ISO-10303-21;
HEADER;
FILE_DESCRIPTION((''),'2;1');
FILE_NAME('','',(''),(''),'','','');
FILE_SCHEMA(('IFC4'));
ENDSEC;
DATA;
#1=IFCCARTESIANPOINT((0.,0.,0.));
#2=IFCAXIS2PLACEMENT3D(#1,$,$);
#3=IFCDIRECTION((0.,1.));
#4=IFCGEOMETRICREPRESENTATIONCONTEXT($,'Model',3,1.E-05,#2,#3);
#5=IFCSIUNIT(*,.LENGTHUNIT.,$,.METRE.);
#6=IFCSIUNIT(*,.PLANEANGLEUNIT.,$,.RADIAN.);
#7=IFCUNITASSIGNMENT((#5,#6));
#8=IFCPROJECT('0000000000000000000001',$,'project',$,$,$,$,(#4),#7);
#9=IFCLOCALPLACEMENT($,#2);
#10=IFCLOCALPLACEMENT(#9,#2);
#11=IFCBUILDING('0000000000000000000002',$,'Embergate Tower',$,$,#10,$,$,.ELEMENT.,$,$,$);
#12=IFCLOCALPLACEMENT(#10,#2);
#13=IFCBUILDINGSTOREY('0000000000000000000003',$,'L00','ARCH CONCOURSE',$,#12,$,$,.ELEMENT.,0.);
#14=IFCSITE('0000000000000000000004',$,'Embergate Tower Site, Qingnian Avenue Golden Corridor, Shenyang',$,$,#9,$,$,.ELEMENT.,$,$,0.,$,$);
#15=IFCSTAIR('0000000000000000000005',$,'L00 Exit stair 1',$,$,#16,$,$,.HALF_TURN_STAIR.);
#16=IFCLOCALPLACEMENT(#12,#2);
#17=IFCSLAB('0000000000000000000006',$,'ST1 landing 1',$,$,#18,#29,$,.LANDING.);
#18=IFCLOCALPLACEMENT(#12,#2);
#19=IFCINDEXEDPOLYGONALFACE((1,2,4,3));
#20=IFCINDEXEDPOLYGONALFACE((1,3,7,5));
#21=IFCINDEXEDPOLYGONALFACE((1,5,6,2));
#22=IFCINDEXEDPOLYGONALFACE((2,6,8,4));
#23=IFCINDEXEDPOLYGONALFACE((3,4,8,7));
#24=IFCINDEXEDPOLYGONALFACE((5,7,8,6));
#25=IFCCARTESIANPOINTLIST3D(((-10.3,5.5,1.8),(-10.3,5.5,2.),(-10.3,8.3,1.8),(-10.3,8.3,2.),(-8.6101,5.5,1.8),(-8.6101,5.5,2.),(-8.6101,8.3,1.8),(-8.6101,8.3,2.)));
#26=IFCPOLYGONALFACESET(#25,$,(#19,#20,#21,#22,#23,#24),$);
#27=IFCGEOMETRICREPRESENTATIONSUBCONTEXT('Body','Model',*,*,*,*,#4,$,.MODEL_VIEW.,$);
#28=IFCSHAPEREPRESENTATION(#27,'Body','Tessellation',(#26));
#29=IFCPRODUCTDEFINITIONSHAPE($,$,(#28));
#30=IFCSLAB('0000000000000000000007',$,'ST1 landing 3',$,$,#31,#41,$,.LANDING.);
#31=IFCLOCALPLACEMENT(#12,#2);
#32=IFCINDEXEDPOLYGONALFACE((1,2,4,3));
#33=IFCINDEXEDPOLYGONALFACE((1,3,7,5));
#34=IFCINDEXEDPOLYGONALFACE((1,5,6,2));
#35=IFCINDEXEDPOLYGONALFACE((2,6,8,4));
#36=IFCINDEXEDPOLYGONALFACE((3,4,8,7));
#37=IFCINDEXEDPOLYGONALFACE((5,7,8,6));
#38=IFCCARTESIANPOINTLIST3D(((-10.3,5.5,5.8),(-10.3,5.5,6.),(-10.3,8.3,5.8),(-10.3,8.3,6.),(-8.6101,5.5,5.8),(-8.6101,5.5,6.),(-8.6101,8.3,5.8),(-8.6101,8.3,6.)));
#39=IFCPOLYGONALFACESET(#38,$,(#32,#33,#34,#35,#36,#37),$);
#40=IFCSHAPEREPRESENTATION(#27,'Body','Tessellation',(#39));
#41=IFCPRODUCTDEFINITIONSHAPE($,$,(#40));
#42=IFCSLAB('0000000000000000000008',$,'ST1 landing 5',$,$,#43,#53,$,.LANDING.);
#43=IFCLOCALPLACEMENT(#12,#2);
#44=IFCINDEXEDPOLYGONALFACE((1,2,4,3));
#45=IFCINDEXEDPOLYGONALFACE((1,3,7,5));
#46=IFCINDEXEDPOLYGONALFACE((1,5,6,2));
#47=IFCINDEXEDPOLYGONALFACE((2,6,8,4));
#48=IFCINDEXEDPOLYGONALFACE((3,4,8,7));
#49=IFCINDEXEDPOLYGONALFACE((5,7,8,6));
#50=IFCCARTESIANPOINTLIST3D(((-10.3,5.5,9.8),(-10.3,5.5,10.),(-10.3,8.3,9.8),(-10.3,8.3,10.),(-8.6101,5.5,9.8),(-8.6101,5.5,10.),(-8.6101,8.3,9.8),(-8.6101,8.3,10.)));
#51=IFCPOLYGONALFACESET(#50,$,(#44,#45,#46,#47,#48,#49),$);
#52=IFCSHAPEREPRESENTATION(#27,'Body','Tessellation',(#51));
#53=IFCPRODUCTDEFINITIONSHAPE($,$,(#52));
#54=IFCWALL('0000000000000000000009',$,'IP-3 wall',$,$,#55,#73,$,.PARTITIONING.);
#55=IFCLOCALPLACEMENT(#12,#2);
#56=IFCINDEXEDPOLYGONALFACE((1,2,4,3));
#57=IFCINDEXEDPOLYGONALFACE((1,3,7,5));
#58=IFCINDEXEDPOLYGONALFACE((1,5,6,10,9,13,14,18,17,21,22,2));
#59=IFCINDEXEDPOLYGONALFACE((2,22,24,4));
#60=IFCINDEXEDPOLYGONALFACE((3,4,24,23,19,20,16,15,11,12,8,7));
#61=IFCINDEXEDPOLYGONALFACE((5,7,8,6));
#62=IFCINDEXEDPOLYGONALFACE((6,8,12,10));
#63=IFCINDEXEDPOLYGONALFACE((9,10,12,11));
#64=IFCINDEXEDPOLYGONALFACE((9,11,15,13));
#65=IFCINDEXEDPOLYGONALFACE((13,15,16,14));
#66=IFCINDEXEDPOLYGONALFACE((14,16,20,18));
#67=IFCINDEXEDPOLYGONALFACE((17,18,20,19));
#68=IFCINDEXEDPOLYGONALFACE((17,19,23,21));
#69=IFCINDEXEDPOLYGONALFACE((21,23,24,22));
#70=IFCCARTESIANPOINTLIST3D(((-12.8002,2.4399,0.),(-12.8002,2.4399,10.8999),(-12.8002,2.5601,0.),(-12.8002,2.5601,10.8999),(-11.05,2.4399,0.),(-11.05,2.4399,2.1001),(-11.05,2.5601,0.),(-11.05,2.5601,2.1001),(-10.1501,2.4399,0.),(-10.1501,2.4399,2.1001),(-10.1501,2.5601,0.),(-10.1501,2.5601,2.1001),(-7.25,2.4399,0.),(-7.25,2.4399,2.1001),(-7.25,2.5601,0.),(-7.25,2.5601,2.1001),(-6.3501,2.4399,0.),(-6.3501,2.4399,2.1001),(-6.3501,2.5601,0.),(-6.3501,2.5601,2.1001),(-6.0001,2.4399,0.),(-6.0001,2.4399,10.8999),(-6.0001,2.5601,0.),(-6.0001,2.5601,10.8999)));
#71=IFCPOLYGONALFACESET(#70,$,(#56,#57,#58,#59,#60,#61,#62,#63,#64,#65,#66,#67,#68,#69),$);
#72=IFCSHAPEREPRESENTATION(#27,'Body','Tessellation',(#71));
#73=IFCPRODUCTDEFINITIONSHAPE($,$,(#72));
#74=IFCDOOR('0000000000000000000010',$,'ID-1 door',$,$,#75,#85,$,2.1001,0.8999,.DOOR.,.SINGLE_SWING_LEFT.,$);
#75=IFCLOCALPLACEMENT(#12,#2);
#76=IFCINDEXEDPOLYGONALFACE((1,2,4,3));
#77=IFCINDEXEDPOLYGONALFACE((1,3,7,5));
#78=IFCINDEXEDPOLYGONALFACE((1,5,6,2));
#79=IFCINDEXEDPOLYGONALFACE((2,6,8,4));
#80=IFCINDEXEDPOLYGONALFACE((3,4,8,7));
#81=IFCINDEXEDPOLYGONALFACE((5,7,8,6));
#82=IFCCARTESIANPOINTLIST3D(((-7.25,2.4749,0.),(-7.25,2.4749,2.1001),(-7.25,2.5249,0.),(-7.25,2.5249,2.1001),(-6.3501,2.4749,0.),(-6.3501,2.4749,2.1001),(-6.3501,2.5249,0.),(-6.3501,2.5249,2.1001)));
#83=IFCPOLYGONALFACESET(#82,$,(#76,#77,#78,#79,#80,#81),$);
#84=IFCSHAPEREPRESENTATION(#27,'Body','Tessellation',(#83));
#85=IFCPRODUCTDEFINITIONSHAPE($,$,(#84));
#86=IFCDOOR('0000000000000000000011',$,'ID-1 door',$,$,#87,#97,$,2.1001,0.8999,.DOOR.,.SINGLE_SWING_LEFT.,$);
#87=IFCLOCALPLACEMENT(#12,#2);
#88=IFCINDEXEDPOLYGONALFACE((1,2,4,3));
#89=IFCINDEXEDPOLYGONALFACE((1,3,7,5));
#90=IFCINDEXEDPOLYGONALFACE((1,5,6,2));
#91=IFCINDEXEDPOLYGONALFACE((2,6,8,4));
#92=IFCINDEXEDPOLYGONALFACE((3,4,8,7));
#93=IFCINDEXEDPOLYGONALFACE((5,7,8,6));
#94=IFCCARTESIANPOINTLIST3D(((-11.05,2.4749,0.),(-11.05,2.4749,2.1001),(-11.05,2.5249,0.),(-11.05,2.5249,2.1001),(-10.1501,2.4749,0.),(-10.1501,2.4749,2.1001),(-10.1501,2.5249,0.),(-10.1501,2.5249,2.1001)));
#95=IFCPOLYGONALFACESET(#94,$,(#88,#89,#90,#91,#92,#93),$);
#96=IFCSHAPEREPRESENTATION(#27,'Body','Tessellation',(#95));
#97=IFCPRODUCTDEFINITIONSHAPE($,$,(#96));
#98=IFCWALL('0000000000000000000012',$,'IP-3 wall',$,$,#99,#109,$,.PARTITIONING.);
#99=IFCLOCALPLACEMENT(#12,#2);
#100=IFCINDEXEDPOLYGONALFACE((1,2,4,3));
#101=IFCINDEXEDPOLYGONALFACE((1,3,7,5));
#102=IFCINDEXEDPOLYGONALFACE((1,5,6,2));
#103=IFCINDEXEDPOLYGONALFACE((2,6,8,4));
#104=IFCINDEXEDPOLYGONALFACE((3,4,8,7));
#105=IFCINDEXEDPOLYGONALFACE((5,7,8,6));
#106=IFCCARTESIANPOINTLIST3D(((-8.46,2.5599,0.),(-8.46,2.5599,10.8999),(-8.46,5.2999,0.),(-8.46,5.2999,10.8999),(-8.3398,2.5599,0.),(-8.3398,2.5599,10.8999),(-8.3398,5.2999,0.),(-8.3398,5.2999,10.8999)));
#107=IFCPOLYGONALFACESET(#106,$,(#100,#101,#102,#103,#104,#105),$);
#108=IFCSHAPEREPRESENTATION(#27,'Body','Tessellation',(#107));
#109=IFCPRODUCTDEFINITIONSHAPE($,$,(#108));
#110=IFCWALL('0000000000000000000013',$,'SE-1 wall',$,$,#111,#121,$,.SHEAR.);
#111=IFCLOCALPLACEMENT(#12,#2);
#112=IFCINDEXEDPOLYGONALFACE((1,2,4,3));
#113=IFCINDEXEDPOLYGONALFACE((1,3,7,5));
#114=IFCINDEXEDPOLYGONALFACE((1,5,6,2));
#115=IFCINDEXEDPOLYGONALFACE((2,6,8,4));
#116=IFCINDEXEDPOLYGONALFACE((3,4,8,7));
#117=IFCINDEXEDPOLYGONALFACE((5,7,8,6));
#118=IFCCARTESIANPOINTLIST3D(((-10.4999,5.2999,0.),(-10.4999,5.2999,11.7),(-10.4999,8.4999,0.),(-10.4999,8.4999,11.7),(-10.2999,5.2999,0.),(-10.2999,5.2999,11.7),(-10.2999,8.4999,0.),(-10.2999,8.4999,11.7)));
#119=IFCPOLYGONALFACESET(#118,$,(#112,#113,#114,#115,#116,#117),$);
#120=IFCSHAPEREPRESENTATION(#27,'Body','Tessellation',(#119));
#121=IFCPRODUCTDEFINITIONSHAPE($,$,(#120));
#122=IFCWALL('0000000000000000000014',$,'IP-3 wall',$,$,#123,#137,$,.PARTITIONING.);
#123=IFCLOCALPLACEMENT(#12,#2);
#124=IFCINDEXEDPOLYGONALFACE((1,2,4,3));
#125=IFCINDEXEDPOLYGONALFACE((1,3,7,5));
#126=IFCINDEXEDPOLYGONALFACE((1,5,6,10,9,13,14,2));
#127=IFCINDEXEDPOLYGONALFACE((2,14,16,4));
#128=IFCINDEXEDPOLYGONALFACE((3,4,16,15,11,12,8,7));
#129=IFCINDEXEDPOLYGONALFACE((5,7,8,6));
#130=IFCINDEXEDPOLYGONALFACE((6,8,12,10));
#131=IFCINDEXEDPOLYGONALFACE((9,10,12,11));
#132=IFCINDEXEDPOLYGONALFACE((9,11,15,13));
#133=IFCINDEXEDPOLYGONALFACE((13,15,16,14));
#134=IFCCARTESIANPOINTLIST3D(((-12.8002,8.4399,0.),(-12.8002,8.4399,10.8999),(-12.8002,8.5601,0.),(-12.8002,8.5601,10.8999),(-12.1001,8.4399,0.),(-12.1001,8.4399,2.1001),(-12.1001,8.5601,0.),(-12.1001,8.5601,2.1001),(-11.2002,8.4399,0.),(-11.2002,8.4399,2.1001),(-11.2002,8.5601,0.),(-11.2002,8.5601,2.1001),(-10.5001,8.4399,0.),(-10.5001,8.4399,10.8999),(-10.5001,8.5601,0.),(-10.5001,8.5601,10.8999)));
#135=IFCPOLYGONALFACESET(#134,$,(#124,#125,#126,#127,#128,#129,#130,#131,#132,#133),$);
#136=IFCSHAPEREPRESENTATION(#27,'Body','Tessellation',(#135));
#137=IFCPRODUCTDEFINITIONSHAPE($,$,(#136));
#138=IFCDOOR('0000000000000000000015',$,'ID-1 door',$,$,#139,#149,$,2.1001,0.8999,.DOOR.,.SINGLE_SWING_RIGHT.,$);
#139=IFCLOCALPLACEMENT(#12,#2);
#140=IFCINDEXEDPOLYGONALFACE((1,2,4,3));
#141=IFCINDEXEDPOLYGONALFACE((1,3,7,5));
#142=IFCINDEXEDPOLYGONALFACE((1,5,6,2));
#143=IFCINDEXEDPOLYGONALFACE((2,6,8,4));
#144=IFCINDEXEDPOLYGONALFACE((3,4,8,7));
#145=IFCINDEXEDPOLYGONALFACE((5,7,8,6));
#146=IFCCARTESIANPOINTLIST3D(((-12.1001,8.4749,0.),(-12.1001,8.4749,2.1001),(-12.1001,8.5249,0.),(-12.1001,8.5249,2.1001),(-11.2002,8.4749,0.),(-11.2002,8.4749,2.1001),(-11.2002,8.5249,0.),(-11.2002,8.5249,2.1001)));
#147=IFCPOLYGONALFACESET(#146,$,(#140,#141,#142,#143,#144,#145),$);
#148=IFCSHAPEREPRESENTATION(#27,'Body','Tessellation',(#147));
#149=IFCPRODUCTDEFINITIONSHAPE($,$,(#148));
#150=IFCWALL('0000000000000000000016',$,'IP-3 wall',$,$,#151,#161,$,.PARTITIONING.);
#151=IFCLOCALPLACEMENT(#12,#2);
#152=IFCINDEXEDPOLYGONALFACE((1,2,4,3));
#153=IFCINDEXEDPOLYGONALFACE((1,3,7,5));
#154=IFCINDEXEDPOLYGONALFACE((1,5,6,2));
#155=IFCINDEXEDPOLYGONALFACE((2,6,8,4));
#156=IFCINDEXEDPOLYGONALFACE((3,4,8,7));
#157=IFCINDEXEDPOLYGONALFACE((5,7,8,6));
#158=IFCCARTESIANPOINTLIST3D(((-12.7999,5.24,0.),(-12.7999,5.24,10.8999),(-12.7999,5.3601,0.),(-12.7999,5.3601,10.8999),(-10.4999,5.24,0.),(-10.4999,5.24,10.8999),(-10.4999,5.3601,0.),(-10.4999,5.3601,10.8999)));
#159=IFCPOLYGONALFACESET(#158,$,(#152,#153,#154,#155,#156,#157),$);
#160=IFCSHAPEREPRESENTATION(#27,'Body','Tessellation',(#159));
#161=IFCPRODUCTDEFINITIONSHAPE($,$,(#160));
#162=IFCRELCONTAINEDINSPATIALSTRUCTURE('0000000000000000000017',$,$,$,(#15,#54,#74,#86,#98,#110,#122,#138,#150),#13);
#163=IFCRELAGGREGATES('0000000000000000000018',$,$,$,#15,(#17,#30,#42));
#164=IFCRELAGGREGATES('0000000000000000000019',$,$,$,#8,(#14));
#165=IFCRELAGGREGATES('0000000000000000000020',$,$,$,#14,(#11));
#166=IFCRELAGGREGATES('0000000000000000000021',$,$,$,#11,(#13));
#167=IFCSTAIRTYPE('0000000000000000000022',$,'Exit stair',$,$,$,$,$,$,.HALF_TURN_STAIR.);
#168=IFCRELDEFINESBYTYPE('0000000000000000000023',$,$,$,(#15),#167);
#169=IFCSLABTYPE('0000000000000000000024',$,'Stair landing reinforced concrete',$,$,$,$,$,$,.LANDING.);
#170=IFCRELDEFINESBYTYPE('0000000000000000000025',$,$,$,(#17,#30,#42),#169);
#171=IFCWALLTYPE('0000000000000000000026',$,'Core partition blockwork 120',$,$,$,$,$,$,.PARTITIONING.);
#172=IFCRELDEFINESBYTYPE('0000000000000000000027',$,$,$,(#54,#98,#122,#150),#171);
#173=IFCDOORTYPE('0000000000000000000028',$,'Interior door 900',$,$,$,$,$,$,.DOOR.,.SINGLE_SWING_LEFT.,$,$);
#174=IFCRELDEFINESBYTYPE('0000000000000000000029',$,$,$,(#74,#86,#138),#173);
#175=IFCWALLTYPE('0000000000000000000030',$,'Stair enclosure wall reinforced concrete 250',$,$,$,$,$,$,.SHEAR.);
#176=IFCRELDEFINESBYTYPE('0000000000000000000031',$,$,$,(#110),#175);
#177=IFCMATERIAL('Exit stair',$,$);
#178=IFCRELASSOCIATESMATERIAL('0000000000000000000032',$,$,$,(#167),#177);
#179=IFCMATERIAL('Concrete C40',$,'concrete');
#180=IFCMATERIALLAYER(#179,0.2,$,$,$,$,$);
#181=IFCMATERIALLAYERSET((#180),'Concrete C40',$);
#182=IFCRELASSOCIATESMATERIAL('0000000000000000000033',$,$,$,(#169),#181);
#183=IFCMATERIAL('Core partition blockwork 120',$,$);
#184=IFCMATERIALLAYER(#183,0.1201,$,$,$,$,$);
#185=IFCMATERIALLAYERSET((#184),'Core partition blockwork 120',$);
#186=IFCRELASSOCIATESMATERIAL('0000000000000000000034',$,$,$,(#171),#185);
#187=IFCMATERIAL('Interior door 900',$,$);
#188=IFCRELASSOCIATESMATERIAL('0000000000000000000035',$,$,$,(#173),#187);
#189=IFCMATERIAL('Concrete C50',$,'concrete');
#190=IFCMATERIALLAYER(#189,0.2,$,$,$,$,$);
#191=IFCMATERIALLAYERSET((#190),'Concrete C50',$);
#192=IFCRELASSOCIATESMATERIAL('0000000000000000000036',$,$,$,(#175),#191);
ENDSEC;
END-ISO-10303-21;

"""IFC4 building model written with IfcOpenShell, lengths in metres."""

from ifc_helpers import new_model, si_unit, direction, frame, frame_2d, origin, place, context, subcontext, project, spatial, polyline, rectangle, outline, extrude, source, transform, mapped, material, layer, layer_set, type_object, element, fill, aggregate, save


model = new_model("IFC4")

# Units and contexts
model_context = context("Model", 3, precision=1e-05, world=origin(), true_north=direction((0.0, 1.0)))
body_context = subcontext(model_context, "Body", "Model", "MODEL_VIEW")
ifc_project = project(units=[si_unit("LENGTHUNIT", "METRE"), si_unit("PLANEANGLEUNIT", "RADIAN")], contexts=[model_context])

# Site, building, storey
site_placement = place(None, origin())
site = spatial("IfcSite", under=ifc_project, at=site_placement, Name="Embergate Tower Site, Qingnian Avenue Golden Corridor, Shenyang", CompositionType="ELEMENT", RefElevation=0.0)
building_placement = place(site_placement, origin())
building = spatial("IfcBuilding", under=site, at=building_placement, Name="Embergate Tower", CompositionType="ELEMENT")
storey_placement = place(building_placement, origin())
storey = spatial("IfcBuildingStorey", under=building, at=storey_placement, Name="L00", Description="ARCH CONCOURSE", CompositionType="ELEMENT", Elevation=0.0)

# Stair, slabs
ifc_material_1 = material(Name="Exit stair")
stair_type_1 = type_object("IfcStairType", Name="Exit stair", PredefinedType="HALF_TURN_STAIR", material=ifc_material_1)
stair_1_placement = place(storey_placement, origin())
stair_1 = element("IfcStair", 1, at=stair_1_placement, inside=storey, type_object=stair_type_1, Name="L00 Exit stair 1", PredefinedType="HALF_TURN_STAIR")
ifc_material_2 = material(Name="Concrete C40", Category="concrete")
ifc_layer_1 = layer(ifc_material_2, 0.2)
ifc_layer_set_1 = layer_set([ifc_layer_1], Name="Concrete C40")
slab_type = type_object("IfcSlabType", Name="Stair landing reinforced concrete", PredefinedType="LANDING", material=ifc_layer_set_1)
shared_shape_1 = source(origin(), body_context, "Body", "SweptSolid", [
    extrude(outline(polyline([(0.0, 0.0), (1.6899, 0.0), (1.6899, 2.8), (0.0, 2.8), (0.0, 0.0)])), origin(), (0.0, 0.0, 1.0), 0.2),
])
slab_1_placement = place(storey_placement, frame((-10.3, 5.5, 1.8)))
slab_1 = element("IfcSlab", 2, at=slab_1_placement, type_object=slab_type, Name="ST1 landing 1", PredefinedType="LANDING", context=body_context, shape_type="MappedRepresentation", body=[
    mapped(shared_shape_1, transform((0.0, 0.0, 0.0))),
])
slab_2_placement = place(storey_placement, frame((-10.3, 5.5, 5.8)))
slab_2 = element("IfcSlab", 3, at=slab_2_placement, type_object=slab_type, Name="ST1 landing 3", PredefinedType="LANDING", context=body_context, shape_type="MappedRepresentation", body=[
    mapped(shared_shape_1, transform((0.0, 0.0, 0.0))),
])
slab_3_placement = place(storey_placement, frame((-10.3, 5.5, 9.8)))
slab_3 = element("IfcSlab", 4, at=slab_3_placement, type_object=slab_type, Name="ST1 landing 5", PredefinedType="LANDING", context=body_context, shape_type="MappedRepresentation", body=[
    mapped(shared_shape_1, transform((0.0, 0.0, 0.0))),
])

# Wall, openings, doors
ifc_material_3 = material(Name="Core partition blockwork 120")
ifc_layer_2 = layer(ifc_material_3, 0.1201)
ifc_layer_set_2 = layer_set([ifc_layer_2], Name="Core partition blockwork 120")
wall_type_1 = type_object("IfcWallType", Name="Core partition blockwork 120", PredefinedType="PARTITIONING", material=ifc_layer_set_2)
shared_shape_2 = source(origin(), body_context, "Body", "SweptSolid", [
    extrude(rectangle(XDim=6.8, YDim=0.1201, at=frame_2d((3.3999, 0.0))), origin(), (0.0, 0.0, 1.0), 10.8999),
])
wall_1_placement = place(storey_placement, frame((-12.8, 2.5, 0.0), z_axis=(0.0, 0.0, 1.0), x_axis=(1.0, 0.0, 0.0)))
wall_1 = element("IfcWall", 5, at=wall_1_placement, inside=storey, type_object=wall_type_1, Name="IP-3 wall", PredefinedType="PARTITIONING", context=body_context, shape_type="MappedRepresentation", body=[
    mapped(shared_shape_2, transform((0.0, 0.0, 0.0))),
])
shared_shape_3 = source(origin(), body_context, "Body", "SweptSolid", [
    extrude(rectangle(XDim=0.8999, YDim=2.1001, at=frame_2d((0.45, 1.05))), frame((0.0, 0.0701, 0.0), z_axis=(0.0, -1.0, 0.0), x_axis=(1.0, 0.0, 0.0)), (0.0, 0.0, 1.0), 0.1401),
])
opening_1_placement = place(wall_1_placement, frame((5.55, 0.0, 0.0)))
opening_1 = element("IfcOpeningElement", 6, at=opening_1_placement, cuts=wall_1, PredefinedType="OPENING", context=body_context, shape_type="MappedRepresentation", body=[
    mapped(shared_shape_3, transform((0.0, 0.0, 0.0))),
])
opening_2_placement = place(wall_1_placement, frame((1.75, 0.0, 0.0)))
opening_2 = element("IfcOpeningElement", 7, at=opening_2_placement, cuts=wall_1, PredefinedType="OPENING", context=body_context, shape_type="MappedRepresentation", body=[
    mapped(shared_shape_3, transform((0.0, 0.0, 0.0))),
])
ifc_material_4 = material(Name="Interior door 900")
door_type_1 = type_object("IfcDoorType", Name="Interior door 900", OperationType="SINGLE_SWING_LEFT", PredefinedType="DOOR", material=ifc_material_4)
shared_shape_4 = source(origin(), body_context, "Body", "SweptSolid", [
    extrude(rectangle(XDim=0.8999, YDim=2.1001, at=frame_2d((0.45, 1.05))), frame((0.0, 0.0249, 0.0), z_axis=(0.0, -1.0, 0.0), x_axis=(1.0, 0.0, 0.0)), (0.0, 0.0, 1.0), 0.05),
])
door_1_placement = place(opening_1_placement, origin())
door_1 = element("IfcDoor", 8, at=door_1_placement, inside=storey, type_object=door_type_1, Name="ID-1 door", OperationType="SINGLE_SWING_LEFT", OverallHeight=2.1001, OverallWidth=0.8999, PredefinedType="DOOR", context=body_context, shape_type="MappedRepresentation", body=[
    mapped(shared_shape_4, transform((0.0, 0.0, 0.0))),
])
fill(opening_1, door_1)
door_2_placement = place(opening_2_placement, origin())
door_2 = element("IfcDoor", 9, at=door_2_placement, inside=storey, type_object=door_type_1, Name="ID-1 door", OperationType="SINGLE_SWING_LEFT", OverallHeight=2.1001, OverallWidth=0.8999, PredefinedType="DOOR", context=body_context, shape_type="MappedRepresentation", body=[
    mapped(shared_shape_4, transform((0.0, 0.0, 0.0))),
])
fill(opening_2, door_2)

# Walls
shared_shape_5 = source(origin(), body_context, "Body", "SweptSolid", [
    extrude(rectangle(XDim=2.74, YDim=0.1201, at=frame_2d((1.3701, 0.0))), origin(), (0.0, 0.0, 1.0), 10.8999),
])
wall_2_placement = place(storey_placement, frame((-8.3999, 5.3, 0.0), z_axis=(0.0, 0.0, 1.0), x_axis=(0.0, -1.0, 0.0)))
element("IfcWall", 10, at=wall_2_placement, inside=storey, type_object=wall_type_1, Name="IP-3 wall", PredefinedType="PARTITIONING", context=body_context, shape_type="MappedRepresentation", body=[
    mapped(shared_shape_5, transform((0.0, 0.0, 0.0))),
])
ifc_material_5 = material(Name="Concrete C50", Category="concrete")
ifc_layer_3 = layer(ifc_material_5, 0.2)
ifc_layer_set_3 = layer_set([ifc_layer_3], Name="Concrete C50")
wall_type_2 = type_object("IfcWallType", Name="Stair enclosure wall reinforced concrete 250", PredefinedType="SHEAR", material=ifc_layer_set_3)
shared_shape_6 = source(origin(), body_context, "Body", "SweptSolid", [
    extrude(rectangle(XDim=3.2, YDim=0.2, at=frame_2d((1.6001, 0.0))), origin(), (0.0, 0.0, 1.0), 11.7),
])
wall_3_placement = place(storey_placement, frame((-10.3999, 8.5, 0.0), z_axis=(0.0, 0.0, 1.0), x_axis=(0.0, -1.0, 0.0)))
element("IfcWall", 11, at=wall_3_placement, inside=storey, type_object=wall_type_2, Name="SE-1 wall", PredefinedType="SHEAR", context=body_context, shape_type="MappedRepresentation", body=[
    mapped(shared_shape_6, transform((0.0, 0.0, 0.0))),
])

# Wall, opening, door
shared_shape_7 = source(origin(), body_context, "Body", "SweptSolid", [
    extrude(rectangle(XDim=2.3, YDim=0.1201, at=frame_2d((1.1499, 0.0))), origin(), (0.0, 0.0, 1.0), 10.8999),
])
wall_4_placement = place(storey_placement, frame((-12.8, 8.5, 0.0), z_axis=(0.0, 0.0, 1.0), x_axis=(1.0, 0.0, 0.0)))
wall_4 = element("IfcWall", 12, at=wall_4_placement, inside=storey, type_object=wall_type_1, Name="IP-3 wall", PredefinedType="PARTITIONING", context=body_context, shape_type="MappedRepresentation", body=[
    mapped(shared_shape_7, transform((0.0, 0.0, 0.0))),
])
opening_3_placement = place(wall_4_placement, frame((0.7, 0.0, 0.0)))
opening_3 = element("IfcOpeningElement", 13, at=opening_3_placement, cuts=wall_4, PredefinedType="OPENING", context=body_context, shape_type="MappedRepresentation", body=[
    mapped(shared_shape_3, transform((0.0, 0.0, 0.0))),
])
door_3_placement = place(opening_3_placement, origin())
door_3 = element("IfcDoor", 14, at=door_3_placement, inside=storey, type_object=door_type_1, Name="ID-1 door", OperationType="SINGLE_SWING_RIGHT", OverallHeight=2.1001, OverallWidth=0.8999, PredefinedType="DOOR", context=body_context, shape_type="MappedRepresentation", body=[
    mapped(shared_shape_4, transform((0.0, 0.0, 0.0))),
])
fill(opening_3, door_3)

# Wall
wall_5_placement = place(storey_placement, frame((-10.5, 5.3, 0.0), z_axis=(0.0, 0.0, 1.0), x_axis=(-1.0, 0.0, 0.0)))
element("IfcWall", 15, at=wall_5_placement, inside=storey, type_object=wall_type_1, Name="IP-3 wall", PredefinedType="PARTITIONING", context=body_context, shape_type="MappedRepresentation", body=[
    mapped(shared_shape_7, transform((0.0, 0.0, 0.0))),
])

aggregate(stair_1, [slab_1, slab_2, slab_3])

save(model, "model.ifc")
